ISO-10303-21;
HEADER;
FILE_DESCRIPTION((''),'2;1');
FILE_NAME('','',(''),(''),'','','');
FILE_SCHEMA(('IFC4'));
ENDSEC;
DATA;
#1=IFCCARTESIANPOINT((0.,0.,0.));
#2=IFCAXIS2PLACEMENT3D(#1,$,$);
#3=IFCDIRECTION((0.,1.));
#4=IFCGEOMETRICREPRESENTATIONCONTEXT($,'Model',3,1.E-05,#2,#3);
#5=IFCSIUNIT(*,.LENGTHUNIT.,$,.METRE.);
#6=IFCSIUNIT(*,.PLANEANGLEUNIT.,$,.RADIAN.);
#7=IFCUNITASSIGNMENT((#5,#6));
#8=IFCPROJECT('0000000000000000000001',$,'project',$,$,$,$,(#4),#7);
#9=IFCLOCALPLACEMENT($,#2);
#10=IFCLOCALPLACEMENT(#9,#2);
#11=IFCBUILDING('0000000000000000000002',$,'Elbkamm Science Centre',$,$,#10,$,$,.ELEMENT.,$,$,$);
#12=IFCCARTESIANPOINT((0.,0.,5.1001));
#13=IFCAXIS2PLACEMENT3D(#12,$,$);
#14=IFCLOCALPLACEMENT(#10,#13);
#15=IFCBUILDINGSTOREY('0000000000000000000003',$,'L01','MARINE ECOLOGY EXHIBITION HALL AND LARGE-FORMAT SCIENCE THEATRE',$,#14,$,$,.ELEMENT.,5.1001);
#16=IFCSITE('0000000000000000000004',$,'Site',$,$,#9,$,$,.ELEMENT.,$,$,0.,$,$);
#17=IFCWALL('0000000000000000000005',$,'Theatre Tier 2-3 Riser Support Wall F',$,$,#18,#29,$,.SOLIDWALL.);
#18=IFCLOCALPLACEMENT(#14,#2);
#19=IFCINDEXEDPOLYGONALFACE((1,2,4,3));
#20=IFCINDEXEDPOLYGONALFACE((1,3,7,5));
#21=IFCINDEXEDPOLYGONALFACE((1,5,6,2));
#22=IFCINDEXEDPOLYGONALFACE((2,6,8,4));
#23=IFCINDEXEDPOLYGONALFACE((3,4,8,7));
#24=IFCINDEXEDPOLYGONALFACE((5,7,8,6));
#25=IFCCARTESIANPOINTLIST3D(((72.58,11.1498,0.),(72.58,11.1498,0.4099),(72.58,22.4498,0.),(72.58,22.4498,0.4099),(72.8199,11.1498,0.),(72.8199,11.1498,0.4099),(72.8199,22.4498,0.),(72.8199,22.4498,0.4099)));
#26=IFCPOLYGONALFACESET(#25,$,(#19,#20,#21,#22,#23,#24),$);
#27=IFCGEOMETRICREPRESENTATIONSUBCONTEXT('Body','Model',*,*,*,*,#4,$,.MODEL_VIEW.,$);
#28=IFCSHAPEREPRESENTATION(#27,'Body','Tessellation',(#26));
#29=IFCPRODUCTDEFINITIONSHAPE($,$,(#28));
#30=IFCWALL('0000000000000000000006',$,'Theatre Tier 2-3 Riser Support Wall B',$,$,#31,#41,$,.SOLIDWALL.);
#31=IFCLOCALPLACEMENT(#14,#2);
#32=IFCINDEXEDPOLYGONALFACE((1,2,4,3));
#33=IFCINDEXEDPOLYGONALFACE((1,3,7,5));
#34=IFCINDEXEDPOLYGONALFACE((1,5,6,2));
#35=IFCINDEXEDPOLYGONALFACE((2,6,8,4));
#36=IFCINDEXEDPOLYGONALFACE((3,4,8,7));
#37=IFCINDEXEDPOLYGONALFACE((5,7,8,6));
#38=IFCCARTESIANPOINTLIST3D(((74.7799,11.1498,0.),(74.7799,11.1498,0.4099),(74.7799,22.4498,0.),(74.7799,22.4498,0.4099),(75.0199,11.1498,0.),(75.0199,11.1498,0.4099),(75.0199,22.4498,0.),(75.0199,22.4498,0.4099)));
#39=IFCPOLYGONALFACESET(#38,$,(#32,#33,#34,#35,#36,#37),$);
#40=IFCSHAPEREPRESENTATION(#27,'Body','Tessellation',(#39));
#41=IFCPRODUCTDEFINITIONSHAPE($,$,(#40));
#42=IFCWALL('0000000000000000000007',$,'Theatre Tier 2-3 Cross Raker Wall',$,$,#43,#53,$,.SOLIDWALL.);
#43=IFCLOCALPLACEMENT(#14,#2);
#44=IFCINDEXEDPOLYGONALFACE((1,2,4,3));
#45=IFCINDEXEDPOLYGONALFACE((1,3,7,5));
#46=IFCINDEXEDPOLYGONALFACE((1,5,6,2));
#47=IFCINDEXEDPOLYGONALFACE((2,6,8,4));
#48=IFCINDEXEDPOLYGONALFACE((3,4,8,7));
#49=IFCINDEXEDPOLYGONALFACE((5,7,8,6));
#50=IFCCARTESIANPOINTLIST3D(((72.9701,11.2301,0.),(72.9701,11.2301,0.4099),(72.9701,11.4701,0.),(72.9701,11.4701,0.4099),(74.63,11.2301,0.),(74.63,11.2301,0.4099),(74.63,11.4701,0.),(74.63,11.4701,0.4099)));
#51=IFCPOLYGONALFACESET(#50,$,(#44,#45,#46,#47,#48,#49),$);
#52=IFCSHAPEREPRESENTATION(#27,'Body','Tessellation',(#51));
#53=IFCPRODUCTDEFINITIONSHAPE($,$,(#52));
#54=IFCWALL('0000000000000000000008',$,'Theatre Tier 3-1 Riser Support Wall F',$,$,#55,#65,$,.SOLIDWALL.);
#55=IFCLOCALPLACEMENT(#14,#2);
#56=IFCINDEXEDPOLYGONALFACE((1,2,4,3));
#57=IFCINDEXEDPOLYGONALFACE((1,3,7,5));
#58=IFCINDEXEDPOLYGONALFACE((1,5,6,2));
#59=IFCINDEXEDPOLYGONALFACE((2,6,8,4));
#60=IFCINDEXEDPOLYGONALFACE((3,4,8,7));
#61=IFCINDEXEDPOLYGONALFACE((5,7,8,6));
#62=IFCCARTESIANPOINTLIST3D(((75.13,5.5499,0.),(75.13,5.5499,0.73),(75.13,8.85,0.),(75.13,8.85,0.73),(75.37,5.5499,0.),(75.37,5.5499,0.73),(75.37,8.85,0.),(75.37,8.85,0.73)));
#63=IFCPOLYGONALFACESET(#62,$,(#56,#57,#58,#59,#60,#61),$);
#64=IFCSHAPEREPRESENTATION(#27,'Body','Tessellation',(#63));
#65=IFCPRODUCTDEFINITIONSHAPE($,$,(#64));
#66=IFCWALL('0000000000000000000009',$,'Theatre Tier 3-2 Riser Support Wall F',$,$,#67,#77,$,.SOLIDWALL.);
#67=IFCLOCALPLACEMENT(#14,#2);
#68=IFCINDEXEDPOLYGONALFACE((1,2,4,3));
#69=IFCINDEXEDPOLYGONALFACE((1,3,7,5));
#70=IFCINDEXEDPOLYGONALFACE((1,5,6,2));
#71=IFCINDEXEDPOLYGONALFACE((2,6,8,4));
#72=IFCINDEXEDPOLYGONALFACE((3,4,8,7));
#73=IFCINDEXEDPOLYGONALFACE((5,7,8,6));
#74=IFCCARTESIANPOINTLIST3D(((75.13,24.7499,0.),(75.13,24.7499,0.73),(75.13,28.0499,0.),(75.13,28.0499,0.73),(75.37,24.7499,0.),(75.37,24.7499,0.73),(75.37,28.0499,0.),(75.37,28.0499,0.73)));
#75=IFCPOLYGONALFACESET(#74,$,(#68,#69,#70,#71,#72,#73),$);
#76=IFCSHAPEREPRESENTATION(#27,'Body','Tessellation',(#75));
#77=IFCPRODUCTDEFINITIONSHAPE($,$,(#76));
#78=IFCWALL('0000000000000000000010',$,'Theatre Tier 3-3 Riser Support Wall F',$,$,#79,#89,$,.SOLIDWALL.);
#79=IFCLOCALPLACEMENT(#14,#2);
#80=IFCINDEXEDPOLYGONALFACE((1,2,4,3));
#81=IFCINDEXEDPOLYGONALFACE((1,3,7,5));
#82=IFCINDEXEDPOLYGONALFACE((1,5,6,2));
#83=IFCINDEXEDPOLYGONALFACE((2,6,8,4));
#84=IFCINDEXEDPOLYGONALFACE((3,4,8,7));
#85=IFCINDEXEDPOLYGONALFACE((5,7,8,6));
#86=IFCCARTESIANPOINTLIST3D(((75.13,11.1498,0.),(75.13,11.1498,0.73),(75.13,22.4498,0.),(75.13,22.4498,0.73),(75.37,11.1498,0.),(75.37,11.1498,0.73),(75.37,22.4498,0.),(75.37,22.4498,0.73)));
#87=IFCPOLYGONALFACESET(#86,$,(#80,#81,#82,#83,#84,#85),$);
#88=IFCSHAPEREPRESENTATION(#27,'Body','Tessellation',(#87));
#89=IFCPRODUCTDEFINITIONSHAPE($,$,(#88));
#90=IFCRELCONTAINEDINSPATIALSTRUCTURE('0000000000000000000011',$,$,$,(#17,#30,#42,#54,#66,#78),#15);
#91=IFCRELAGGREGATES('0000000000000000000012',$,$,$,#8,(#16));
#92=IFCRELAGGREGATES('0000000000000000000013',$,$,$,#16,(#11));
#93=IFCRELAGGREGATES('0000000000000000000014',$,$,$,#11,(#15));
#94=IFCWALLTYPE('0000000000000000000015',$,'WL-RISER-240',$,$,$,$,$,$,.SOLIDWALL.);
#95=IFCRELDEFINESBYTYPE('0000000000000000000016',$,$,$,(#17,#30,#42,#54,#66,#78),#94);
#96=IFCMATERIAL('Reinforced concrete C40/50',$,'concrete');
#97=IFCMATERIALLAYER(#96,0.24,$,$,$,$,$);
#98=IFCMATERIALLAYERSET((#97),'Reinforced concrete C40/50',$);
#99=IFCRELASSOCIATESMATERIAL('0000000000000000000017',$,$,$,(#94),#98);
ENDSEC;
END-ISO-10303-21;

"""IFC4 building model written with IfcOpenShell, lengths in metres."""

from ifc_helpers import new_model, si_unit, direction, frame, frame_2d, origin, place, context, subcontext, project, spatial, rectangle, extrude, material, layer, layer_set, type_object, element, save


model = new_model("IFC4")

# Units and contexts
model_context = context("Model", 3, precision=1e-05, world=origin(), true_north=direction((0.0, 1.0)))
body_context = subcontext(model_context, "Body", "Model", "MODEL_VIEW")
ifc_project = project(units=[si_unit("LENGTHUNIT", "METRE"), si_unit("PLANEANGLEUNIT", "RADIAN")], contexts=[model_context])

# Site, building, storey
site_placement = place(None, origin())
site = spatial("IfcSite", under=ifc_project, at=site_placement, Name="Site", CompositionType="ELEMENT", RefElevation=0.0)
building_placement = place(site_placement, origin())
building = spatial("IfcBuilding", under=site, at=building_placement, Name="Elbkamm Science Centre", CompositionType="ELEMENT")
storey_placement = place(building_placement, frame((0.0, 0.0, 5.1001)))
storey = spatial("IfcBuildingStorey", under=building, at=storey_placement, Name="L01", Description="MARINE ECOLOGY EXHIBITION HALL AND LARGE-FORMAT SCIENCE THEATRE", CompositionType="ELEMENT", Elevation=5.1001)

# Shared definitions
ifc_material_1 = material(Name="Reinforced concrete C40/50", Category="concrete")

# Walls
ifc_layer_1 = layer(ifc_material_1, 0.24)
ifc_layer_set_1 = layer_set([ifc_layer_1], Name="Reinforced concrete C40/50")
wall_type_1 = type_object("IfcWallType", Name="WL-RISER-240", PredefinedType="SOLIDWALL", material=ifc_layer_set_1)
for number, where, z_axis, x_axis, name in (
    (1, (72.7, 11.1499, 0.0), (0.0, 0.0, 1.0), (0.0, 1.0, 0.0), "Theatre Tier 2-3 Riser Support Wall F"),
    (2, (74.8999, 11.1499, 0.0), (0.0, 0.0, 1.0), (0.0, 1.0, 0.0), "Theatre Tier 2-3 Riser Support Wall B"),
):
    element("IfcWall", number, at=place(storey_placement, frame(where, z_axis=z_axis, x_axis=x_axis)), inside=storey, type_object=wall_type_1, Name=name, PredefinedType="SOLIDWALL", context=body_context, shape_type="SweptSolid", body=[
        extrude(rectangle(XDim=11.3, YDim=0.24, at=frame_2d((5.6499, 0.0))), origin(), (0.0, 0.0, 1.0), 0.4099),
    ])
wall_1_placement = place(storey_placement, frame((72.97, 11.3501, 0.0), z_axis=(0.0, 0.0, 1.0), x_axis=(1.0, 0.0, 0.0)))
element("IfcWall", 3, at=wall_1_placement, inside=storey, type_object=wall_type_1, Name="Theatre Tier 2-3 Cross Raker Wall", PredefinedType="SOLIDWALL", context=body_context, shape_type="SweptSolid", body=[
    extrude(rectangle(XDim=1.6599, YDim=0.24, at=frame_2d((0.8301, 0.0))), origin(), (0.0, 0.0, 1.0), 0.4099),
])
for number, where, z_axis, x_axis, name in (
    (4, (75.25, 5.55, 0.0), (0.0, 0.0, 1.0), (0.0, 1.0, 0.0), "Theatre Tier 3-1 Riser Support Wall F"),
    (5, (75.25, 24.75, 0.0), (0.0, 0.0, 1.0), (0.0, 1.0, 0.0), "Theatre Tier 3-2 Riser Support Wall F"),
):
    element("IfcWall", number, at=place(storey_placement, frame(where, z_axis=z_axis, x_axis=x_axis)), inside=storey, type_object=wall_type_1, Name=name, PredefinedType="SOLIDWALL", context=body_context, shape_type="SweptSolid", body=[
        extrude(rectangle(XDim=3.3, YDim=0.24, at=frame_2d((1.6499, 0.0))), origin(), (0.0, 0.0, 1.0), 0.73),
    ])
wall_2_placement = place(storey_placement, frame((75.25, 11.1499, 0.0), z_axis=(0.0, 0.0, 1.0), x_axis=(0.0, 1.0, 0.0)))
element("IfcWall", 6, at=wall_2_placement, inside=storey, type_object=wall_type_1, Name="Theatre Tier 3-3 Riser Support Wall F", PredefinedType="SOLIDWALL", context=body_context, shape_type="SweptSolid", body=[
    extrude(rectangle(XDim=11.3, YDim=0.24, at=frame_2d((5.6499, 0.0))), origin(), (0.0, 0.0, 1.0), 0.73),
])

save(model, "model.ifc")
